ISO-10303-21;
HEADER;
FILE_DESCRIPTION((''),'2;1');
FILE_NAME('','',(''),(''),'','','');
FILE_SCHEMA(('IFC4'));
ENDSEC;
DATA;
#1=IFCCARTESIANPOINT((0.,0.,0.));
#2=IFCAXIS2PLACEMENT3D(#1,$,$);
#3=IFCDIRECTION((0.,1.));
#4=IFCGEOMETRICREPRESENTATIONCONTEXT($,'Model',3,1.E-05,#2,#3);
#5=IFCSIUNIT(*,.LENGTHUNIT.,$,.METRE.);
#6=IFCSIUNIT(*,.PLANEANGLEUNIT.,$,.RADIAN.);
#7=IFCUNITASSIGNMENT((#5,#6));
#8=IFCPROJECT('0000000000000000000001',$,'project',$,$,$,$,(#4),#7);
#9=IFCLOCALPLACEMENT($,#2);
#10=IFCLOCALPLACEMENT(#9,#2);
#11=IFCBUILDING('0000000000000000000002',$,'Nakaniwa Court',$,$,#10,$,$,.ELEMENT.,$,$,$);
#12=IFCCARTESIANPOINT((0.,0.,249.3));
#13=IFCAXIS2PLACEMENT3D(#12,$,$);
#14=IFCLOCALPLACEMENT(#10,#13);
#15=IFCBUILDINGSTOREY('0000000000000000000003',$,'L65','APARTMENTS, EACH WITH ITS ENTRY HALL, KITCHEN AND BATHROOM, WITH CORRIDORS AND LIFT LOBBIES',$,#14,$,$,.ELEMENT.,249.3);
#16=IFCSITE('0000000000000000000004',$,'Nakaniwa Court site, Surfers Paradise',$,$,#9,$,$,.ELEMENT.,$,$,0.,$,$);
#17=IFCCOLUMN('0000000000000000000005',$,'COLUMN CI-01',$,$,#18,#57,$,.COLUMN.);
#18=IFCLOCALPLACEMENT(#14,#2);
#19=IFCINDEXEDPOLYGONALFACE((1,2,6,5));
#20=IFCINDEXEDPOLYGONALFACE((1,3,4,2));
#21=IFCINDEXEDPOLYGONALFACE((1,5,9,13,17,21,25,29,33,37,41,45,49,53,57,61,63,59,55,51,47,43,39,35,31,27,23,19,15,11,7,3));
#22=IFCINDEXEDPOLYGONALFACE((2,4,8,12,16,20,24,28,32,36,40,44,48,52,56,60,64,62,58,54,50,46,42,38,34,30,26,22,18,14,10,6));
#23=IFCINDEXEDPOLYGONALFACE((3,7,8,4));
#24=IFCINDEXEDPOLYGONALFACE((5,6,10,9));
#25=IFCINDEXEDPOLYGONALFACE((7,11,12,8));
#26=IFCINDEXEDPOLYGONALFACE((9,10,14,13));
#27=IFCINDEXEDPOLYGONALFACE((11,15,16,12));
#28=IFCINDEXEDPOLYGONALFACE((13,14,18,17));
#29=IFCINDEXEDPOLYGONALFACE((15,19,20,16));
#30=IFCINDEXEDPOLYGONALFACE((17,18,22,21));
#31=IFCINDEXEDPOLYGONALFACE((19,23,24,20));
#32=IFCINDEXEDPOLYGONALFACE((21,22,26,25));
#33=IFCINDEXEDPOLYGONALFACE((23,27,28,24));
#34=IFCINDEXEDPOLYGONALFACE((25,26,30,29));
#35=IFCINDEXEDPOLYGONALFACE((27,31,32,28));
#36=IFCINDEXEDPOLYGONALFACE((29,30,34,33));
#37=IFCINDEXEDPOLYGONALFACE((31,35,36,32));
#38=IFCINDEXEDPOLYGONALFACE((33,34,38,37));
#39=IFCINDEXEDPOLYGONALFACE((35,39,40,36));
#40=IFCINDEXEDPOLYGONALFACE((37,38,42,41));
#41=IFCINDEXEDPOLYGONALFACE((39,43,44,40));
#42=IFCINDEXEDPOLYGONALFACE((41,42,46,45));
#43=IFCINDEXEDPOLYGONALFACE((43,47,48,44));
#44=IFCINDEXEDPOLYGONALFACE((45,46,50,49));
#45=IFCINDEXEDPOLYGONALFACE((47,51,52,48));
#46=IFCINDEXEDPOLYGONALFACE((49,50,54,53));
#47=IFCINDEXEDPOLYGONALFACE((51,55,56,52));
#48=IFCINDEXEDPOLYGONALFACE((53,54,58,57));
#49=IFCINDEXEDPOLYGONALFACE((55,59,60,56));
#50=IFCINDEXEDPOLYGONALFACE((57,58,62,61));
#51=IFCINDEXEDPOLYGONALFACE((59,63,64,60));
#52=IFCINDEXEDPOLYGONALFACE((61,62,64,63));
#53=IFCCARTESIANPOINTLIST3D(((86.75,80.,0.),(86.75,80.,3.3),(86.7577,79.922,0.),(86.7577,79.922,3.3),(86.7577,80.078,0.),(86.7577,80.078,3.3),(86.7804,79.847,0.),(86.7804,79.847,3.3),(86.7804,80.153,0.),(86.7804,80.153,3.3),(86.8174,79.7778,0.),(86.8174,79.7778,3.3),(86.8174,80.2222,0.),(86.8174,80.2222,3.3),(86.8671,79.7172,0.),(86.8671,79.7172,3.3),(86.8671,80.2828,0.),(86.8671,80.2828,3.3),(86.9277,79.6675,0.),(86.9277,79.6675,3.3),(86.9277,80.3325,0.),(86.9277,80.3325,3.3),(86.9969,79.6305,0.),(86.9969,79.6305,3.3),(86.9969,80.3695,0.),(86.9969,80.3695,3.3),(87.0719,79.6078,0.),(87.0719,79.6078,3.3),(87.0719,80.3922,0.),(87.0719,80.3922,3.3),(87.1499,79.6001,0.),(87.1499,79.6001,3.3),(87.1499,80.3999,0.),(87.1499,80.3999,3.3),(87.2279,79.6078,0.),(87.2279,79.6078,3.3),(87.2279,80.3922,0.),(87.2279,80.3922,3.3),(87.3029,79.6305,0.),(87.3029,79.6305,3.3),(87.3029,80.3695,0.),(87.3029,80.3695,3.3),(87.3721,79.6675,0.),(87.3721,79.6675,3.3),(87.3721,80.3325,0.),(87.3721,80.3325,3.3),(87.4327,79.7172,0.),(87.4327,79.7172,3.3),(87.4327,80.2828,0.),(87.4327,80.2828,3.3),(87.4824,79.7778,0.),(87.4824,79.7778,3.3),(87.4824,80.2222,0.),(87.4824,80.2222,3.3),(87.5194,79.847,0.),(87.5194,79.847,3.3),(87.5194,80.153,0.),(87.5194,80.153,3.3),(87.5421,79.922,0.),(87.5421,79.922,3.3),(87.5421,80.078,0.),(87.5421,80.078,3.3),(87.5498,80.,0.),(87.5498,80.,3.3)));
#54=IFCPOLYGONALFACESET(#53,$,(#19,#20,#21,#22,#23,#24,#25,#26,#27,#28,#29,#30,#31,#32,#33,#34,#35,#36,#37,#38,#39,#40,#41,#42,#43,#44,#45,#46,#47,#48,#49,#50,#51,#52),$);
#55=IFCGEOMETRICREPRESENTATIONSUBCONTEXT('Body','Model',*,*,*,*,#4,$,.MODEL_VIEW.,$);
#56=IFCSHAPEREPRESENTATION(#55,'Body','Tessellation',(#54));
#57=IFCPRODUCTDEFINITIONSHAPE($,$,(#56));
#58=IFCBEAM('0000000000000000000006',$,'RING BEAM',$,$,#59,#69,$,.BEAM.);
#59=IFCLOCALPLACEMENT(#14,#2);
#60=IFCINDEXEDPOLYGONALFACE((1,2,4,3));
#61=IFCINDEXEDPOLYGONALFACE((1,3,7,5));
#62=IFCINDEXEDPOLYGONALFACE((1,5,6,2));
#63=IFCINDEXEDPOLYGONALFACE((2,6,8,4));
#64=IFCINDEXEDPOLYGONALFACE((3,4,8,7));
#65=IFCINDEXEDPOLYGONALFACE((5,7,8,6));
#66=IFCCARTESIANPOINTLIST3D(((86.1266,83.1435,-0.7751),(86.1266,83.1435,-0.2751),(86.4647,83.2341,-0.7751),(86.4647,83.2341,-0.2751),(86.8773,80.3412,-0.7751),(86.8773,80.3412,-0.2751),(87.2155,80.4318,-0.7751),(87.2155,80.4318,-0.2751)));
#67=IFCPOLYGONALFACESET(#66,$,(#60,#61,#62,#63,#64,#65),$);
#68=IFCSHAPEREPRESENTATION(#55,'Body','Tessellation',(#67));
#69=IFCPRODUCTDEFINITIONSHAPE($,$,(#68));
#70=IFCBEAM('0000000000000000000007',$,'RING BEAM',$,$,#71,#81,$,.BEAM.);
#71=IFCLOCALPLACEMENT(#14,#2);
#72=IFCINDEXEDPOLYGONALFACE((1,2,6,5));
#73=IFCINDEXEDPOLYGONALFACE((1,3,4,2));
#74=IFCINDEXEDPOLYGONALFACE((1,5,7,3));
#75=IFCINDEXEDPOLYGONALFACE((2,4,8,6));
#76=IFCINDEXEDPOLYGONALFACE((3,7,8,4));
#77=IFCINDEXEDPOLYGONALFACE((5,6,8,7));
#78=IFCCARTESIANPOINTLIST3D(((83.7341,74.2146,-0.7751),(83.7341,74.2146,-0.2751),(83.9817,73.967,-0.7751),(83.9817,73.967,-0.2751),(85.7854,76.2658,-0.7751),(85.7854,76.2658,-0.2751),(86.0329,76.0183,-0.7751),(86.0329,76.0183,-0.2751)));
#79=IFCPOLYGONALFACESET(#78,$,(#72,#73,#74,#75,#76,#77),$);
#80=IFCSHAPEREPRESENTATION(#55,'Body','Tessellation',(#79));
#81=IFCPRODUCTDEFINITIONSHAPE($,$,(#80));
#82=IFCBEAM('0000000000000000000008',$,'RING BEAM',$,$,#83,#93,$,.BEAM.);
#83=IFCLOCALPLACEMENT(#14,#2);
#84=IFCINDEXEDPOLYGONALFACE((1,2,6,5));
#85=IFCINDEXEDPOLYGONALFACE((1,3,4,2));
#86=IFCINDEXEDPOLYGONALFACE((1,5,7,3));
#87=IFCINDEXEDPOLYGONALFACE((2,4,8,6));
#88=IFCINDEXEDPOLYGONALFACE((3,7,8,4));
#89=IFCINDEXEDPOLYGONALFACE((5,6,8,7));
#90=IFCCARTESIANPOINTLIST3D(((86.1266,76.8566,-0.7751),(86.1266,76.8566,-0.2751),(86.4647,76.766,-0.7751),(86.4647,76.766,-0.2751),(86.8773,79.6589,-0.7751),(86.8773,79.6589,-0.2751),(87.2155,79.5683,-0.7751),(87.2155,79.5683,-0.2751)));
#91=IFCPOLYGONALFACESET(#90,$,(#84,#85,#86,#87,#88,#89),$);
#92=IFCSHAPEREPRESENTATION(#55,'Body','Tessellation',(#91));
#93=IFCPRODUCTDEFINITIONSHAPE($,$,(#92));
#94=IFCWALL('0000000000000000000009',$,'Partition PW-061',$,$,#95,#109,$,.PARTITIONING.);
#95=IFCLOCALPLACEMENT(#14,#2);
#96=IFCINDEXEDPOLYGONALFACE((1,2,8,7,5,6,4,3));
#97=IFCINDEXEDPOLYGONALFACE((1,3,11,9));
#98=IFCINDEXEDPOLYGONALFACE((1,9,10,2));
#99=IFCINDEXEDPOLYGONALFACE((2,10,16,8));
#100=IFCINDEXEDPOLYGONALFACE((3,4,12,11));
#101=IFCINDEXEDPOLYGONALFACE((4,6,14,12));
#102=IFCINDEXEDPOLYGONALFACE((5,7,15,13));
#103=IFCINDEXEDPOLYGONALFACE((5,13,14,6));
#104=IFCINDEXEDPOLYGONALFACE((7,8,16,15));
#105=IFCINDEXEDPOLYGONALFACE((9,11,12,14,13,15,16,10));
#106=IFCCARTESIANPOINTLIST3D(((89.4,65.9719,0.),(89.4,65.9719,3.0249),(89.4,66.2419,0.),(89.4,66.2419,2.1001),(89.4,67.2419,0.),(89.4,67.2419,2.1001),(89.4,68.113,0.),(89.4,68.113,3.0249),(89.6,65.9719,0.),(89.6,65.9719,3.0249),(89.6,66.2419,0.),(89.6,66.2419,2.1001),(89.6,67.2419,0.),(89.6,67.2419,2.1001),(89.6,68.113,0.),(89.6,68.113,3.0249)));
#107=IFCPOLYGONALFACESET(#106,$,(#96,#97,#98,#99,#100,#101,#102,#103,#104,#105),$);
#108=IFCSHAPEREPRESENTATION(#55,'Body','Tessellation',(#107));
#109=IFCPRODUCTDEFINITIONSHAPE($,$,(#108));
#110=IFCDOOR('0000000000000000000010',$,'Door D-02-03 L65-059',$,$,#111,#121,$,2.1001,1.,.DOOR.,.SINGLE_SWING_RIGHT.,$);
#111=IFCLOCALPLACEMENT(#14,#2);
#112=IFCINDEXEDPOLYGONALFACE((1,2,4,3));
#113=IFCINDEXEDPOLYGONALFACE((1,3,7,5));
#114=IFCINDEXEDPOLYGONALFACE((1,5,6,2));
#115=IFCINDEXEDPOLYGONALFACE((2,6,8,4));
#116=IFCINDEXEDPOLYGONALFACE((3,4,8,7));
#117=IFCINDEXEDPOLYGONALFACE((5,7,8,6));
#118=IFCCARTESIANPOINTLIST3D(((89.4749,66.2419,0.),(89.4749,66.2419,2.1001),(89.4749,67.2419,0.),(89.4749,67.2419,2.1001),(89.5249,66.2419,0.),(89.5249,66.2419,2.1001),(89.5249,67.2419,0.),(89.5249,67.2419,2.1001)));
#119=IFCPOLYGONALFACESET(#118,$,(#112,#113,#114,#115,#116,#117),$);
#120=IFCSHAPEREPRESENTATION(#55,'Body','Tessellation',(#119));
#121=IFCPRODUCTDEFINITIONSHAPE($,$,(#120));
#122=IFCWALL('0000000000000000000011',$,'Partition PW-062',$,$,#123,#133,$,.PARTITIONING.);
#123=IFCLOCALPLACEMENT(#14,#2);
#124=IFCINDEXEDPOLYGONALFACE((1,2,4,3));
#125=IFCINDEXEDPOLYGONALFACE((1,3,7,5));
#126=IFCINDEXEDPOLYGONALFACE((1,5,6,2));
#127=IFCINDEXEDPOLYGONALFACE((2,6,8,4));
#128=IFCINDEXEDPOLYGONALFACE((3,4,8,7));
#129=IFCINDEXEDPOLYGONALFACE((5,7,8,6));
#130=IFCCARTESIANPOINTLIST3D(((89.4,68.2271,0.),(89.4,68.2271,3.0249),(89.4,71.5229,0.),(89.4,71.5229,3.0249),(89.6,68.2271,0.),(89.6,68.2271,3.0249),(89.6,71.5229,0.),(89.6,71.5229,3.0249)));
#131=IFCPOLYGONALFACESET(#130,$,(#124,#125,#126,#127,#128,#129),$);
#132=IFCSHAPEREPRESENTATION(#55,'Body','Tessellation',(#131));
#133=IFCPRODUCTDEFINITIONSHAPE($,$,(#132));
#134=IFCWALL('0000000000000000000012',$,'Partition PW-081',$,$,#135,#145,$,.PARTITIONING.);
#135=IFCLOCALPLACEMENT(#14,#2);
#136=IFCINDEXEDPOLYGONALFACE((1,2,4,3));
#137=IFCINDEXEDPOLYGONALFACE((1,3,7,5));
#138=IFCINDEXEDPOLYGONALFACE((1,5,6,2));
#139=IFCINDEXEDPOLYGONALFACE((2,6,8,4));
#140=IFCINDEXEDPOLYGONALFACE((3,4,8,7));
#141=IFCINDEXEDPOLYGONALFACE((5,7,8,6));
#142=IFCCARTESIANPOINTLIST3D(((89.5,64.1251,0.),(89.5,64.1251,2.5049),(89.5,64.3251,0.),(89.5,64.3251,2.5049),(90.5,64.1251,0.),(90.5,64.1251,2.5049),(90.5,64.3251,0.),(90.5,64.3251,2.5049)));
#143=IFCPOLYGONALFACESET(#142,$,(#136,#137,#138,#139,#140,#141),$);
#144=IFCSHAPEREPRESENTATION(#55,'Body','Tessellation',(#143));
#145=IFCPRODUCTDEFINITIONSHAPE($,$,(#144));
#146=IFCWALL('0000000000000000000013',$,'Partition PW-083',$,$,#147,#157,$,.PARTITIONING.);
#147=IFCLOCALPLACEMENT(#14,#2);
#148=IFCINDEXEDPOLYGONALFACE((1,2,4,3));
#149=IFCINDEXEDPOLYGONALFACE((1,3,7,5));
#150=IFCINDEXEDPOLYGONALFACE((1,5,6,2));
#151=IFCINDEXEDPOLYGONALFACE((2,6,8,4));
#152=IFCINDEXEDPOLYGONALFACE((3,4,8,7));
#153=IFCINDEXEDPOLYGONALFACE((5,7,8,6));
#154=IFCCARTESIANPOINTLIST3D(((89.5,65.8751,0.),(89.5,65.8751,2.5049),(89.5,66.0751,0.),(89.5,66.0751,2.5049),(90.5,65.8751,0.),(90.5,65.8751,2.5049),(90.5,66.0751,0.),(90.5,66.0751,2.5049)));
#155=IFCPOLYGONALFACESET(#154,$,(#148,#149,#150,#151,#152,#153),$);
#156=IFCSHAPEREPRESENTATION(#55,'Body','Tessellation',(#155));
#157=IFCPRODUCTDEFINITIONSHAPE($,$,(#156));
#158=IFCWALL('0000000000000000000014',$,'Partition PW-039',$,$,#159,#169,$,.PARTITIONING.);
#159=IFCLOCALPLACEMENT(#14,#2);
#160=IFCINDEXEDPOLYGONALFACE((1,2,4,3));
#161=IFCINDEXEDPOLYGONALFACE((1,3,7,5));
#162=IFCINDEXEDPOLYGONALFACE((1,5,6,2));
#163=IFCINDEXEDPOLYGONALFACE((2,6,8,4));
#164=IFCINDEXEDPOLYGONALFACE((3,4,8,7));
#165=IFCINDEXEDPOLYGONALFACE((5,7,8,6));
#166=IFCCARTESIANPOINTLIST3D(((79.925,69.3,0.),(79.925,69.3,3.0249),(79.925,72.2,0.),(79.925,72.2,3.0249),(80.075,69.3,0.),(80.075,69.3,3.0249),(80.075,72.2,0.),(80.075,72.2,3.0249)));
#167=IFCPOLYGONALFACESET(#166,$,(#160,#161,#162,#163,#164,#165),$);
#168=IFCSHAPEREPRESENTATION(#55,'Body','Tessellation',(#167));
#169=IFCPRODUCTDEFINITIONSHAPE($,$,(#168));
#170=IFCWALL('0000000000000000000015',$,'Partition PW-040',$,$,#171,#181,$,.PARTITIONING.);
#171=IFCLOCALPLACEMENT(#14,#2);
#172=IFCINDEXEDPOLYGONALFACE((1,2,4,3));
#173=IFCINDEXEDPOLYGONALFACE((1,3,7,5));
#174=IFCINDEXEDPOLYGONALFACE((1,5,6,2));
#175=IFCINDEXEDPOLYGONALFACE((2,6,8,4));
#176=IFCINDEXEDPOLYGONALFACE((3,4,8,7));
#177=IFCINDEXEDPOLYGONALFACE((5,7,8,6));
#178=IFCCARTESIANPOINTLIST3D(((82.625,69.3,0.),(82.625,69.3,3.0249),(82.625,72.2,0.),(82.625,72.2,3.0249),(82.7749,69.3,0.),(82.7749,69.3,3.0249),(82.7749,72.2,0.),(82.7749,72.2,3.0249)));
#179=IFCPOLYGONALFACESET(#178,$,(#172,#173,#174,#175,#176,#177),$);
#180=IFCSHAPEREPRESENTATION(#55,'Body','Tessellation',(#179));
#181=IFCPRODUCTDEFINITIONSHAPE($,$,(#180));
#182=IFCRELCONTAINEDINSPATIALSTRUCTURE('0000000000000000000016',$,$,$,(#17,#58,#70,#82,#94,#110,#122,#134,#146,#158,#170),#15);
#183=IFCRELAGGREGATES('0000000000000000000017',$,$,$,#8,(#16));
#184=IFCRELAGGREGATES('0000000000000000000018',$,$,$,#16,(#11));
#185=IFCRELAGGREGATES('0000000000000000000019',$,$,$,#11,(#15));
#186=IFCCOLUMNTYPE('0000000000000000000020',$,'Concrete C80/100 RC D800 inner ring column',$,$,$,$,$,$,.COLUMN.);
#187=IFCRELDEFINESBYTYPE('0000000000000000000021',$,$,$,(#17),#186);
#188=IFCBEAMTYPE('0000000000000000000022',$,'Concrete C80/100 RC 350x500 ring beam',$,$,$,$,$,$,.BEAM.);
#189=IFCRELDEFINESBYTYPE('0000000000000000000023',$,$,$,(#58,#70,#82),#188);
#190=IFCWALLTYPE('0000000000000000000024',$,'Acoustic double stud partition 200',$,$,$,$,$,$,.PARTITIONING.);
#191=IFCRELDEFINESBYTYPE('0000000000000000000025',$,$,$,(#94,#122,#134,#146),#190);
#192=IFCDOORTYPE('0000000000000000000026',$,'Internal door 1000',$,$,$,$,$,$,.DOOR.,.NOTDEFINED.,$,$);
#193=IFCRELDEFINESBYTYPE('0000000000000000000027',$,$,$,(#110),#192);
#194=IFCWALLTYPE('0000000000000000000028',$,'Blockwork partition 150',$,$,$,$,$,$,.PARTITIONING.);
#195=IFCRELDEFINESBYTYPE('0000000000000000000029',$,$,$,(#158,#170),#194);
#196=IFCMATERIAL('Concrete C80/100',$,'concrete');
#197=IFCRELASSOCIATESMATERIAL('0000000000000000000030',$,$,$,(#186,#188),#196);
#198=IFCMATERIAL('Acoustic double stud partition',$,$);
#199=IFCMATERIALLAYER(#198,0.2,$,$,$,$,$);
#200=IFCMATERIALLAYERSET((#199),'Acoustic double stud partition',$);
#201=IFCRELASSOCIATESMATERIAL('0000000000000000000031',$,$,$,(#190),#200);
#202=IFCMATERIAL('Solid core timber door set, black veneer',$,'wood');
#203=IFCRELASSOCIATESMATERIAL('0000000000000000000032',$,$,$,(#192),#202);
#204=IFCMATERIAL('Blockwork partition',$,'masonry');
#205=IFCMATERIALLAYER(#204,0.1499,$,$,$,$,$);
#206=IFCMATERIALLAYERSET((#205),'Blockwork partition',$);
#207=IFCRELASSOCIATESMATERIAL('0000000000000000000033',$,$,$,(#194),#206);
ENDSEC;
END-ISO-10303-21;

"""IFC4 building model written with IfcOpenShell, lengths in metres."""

from ifc_helpers import new_model, si_unit, direction, frame, frame_2d, origin, origin_2d, place, context, subcontext, project, spatial, rectangle, circle, extrude, material, layer, layer_set, material_profile, profile_set, type_object, element, fill, save


model = new_model("IFC4")

# Units and contexts
model_context = context("Model", 3, precision=1e-05, world=origin(), true_north=direction((0.0, 1.0)))
body_context = subcontext(model_context, "Body", "Model", "MODEL_VIEW")
ifc_project = project(units=[si_unit("LENGTHUNIT", "METRE"), si_unit("PLANEANGLEUNIT", "RADIAN")], contexts=[model_context])

# Site, building, storey
site_placement = place(None, origin())
site = spatial("IfcSite", under=ifc_project, at=site_placement, Name="Nakaniwa Court site, Surfers Paradise", CompositionType="ELEMENT", RefElevation=0.0)
building_placement = place(site_placement, origin())
building = spatial("IfcBuilding", under=site, at=building_placement, Name="Nakaniwa Court", CompositionType="ELEMENT")
storey_placement = place(building_placement, frame((0.0, 0.0, 249.3)))
storey = spatial("IfcBuildingStorey", under=building, at=storey_placement, Name="L65", Description="APARTMENTS, EACH WITH ITS ENTRY HALL, KITCHEN AND BATHROOM, WITH CORRIDORS AND LIFT LOBBIES", CompositionType="ELEMENT", Elevation=249.3)

# Column
ifc_material_1 = material(Name="Concrete C80/100", Category="concrete")
ifc_material_profile_1 = material_profile(ifc_material_1, circle(Radius=0.3999, at=origin_2d()), Name="Concrete C80/100 RC D800 inner ring column")
ifc_profile_set_1 = profile_set([ifc_material_profile_1], Name="Concrete C80/100")
column_type = type_object("IfcColumnType", Name="Concrete C80/100 RC D800 inner ring column", PredefinedType="COLUMN", material=ifc_profile_set_1)
for number, where, z_axis, x_axis, name in (
    (1, (87.1499, 80.0, 0.0), (0.0, 0.0, 1.0), (0.0, 1.0, 0.0), "COLUMN CI-01"),
):
    element("IfcColumn", number, at=place(storey_placement, frame(where, z_axis=z_axis, x_axis=x_axis)), inside=storey, type_object=column_type, Name=name, PredefinedType="COLUMN", context=body_context, shape_type="SweptSolid", body=[
        extrude(circle(Radius=0.3999, at=origin_2d()), origin(), (0.0, 0.0, 1.0), 3.3),
    ])

# Beams
ifc_material_profile_2 = material_profile(ifc_material_1, rectangle(XDim=0.3501, YDim=0.5, at=origin_2d()), Name="Concrete C80/100 RC 350x500 ring beam")
ifc_profile_set_2 = profile_set([ifc_material_profile_2], Name="Concrete C80/100")
beam_type = type_object("IfcBeamType", Name="Concrete C80/100 RC 350x500 ring beam", PredefinedType="BEAM", material=ifc_profile_set_2)
beam_1_placement = place(storey_placement, frame((87.0464, 80.3865, -0.5251), z_axis=(-0.258778, 0.965937, 0.0), x_axis=(-0.965937, -0.258778, 0.0)))
element("IfcBeam", 2, at=beam_1_placement, inside=storey, type_object=beam_type, Name="RING BEAM", PredefinedType="BEAM", context=body_context, shape_type="SweptSolid", body=[
    extrude(rectangle(XDim=0.3501, YDim=0.5, at=origin_2d()), origin(), (0.0, 0.0, 1.0), 2.9011),
])
beam_2_placement = place(storey_placement, frame((83.8579, 74.0908, -0.5251), z_axis=(0.707107, 0.707107, 0.0), x_axis=(-0.707107, 0.707107, 0.0)))
element("IfcBeam", 3, at=beam_2_placement, inside=storey, type_object=beam_type, Name="RING BEAM", PredefinedType="BEAM", context=body_context, shape_type="SweptSolid", body=[
    extrude(rectangle(XDim=0.3501, YDim=0.5, at=origin_2d()), origin(), (0.0, 0.0, 1.0), 2.9009),
])
beam_3_placement = place(storey_placement, frame((86.2957, 76.8113, -0.5251), z_axis=(0.258778, 0.965937, 0.0), x_axis=(-0.965937, 0.258778, 0.0)))
element("IfcBeam", 4, at=beam_3_placement, inside=storey, type_object=beam_type, Name="RING BEAM", PredefinedType="BEAM", context=body_context, shape_type="SweptSolid", body=[
    extrude(rectangle(XDim=0.3501, YDim=0.5, at=origin_2d()), origin(), (0.0, 0.0, 1.0), 2.9011),
])

# Wall, opening, door
ifc_material_2 = material(Name="Acoustic double stud partition")
ifc_layer_1 = layer(ifc_material_2, 0.2)
ifc_layer_set_1 = layer_set([ifc_layer_1], Name="Acoustic double stud partition")
wall_type_1 = type_object("IfcWallType", Name="Acoustic double stud partition 200", PredefinedType="PARTITIONING", material=ifc_layer_set_1)
wall_1_placement = place(storey_placement, frame((89.5, 68.113, 0.0), z_axis=(0.0, 0.0, 1.0), x_axis=(0.0, -1.0, 0.0)))
wall_1 = element("IfcWall", 5, at=wall_1_placement, inside=storey, type_object=wall_type_1, Name="Partition PW-061", PredefinedType="PARTITIONING", context=body_context, shape_type="SweptSolid", body=[
    extrude(rectangle(XDim=2.1411, YDim=0.2, at=frame_2d((1.0706, 0.0))), origin(), (0.0, 0.0, 1.0), 3.0249),
])
opening_1_placement = place(wall_1_placement, frame((0.8711, 0.0, 0.0)))
opening_1 = element("IfcOpeningElement", 6, at=opening_1_placement, cuts=wall_1, PredefinedType="OPENING", context=body_context, shape_type="SweptSolid", body=[
    extrude(rectangle(XDim=1.0, YDim=2.1001, at=frame_2d((0.5, 1.05))), frame((0.0, 0.1099, 0.0), z_axis=(0.0, -1.0, 0.0), x_axis=(1.0, 0.0, 0.0)), (0.0, 0.0, 1.0), 0.22),
])
ifc_material_3 = material(Name="Solid core timber door set, black veneer", Category="wood")
door_type_1 = type_object("IfcDoorType", Name="Internal door 1000", OperationType="NOTDEFINED", PredefinedType="DOOR", material=ifc_material_3)
door_1_placement = place(opening_1_placement, origin())
door_1 = element("IfcDoor", 7, at=door_1_placement, inside=storey, type_object=door_type_1, Name="Door D-02-03 L65-059", OperationType="SINGLE_SWING_RIGHT", OverallHeight=2.1001, OverallWidth=1.0, PredefinedType="DOOR", context=body_context, shape_type="SweptSolid", body=[
    extrude(rectangle(XDim=1.0, YDim=2.1001, at=frame_2d((0.5, 1.05))), frame((0.0, 0.0249, 0.0), z_axis=(0.0, -1.0, 0.0), x_axis=(1.0, 0.0, 0.0)), (0.0, 0.0, 1.0), 0.05),
])
fill(opening_1, door_1)

# Walls
wall_2_placement = place(storey_placement, frame((89.5, 68.2271, 0.0), z_axis=(0.0, 0.0, 1.0), x_axis=(0.0, 1.0, 0.0)))
element("IfcWall", 8, at=wall_2_placement, inside=storey, type_object=wall_type_1, Name="Partition PW-062", PredefinedType="PARTITIONING", context=body_context, shape_type="SweptSolid", body=[
    extrude(rectangle(XDim=3.2959, YDim=0.2, at=frame_2d((1.6479, 0.0))), origin(), (0.0, 0.0, 1.0), 3.0249),
])
for number, where, z_axis, x_axis, name in (
    (9, (89.5, 64.2251, 0.0), (0.0, 0.0, 1.0), (1.0, 0.0, 0.0), "Partition PW-081"),
    (10, (89.5, 65.9751, 0.0), (0.0, 0.0, 1.0), (1.0, 0.0, 0.0), "Partition PW-083"),
):
    element("IfcWall", number, at=place(storey_placement, frame(where, z_axis=z_axis, x_axis=x_axis)), inside=storey, type_object=wall_type_1, Name=name, PredefinedType="PARTITIONING", context=body_context, shape_type="SweptSolid", body=[
        extrude(rectangle(XDim=1.0, YDim=0.2, at=frame_2d((0.5, 0.0))), origin(), (0.0, 0.0, 1.0), 2.5049),
    ])
ifc_material_4 = material(Name="Blockwork partition", Category="masonry")
ifc_layer_2 = layer(ifc_material_4, 0.1499)
ifc_layer_set_2 = layer_set([ifc_layer_2], Name="Blockwork partition")
wall_type_2 = type_object("IfcWallType", Name="Blockwork partition 150", PredefinedType="PARTITIONING", material=ifc_layer_set_2)
for number, where, z_axis, x_axis, name in (
    (11, (80.0, 69.3, 0.0), (0.0, 0.0, 1.0), (0.0, 1.0, 0.0), "Partition PW-039"),
    (12, (82.7, 69.3, 0.0), (0.0, 0.0, 1.0), (0.0, 1.0, 0.0), "Partition PW-040"),
):
    element("IfcWall", number, at=place(storey_placement, frame(where, z_axis=z_axis, x_axis=x_axis)), inside=storey, type_object=wall_type_2, Name=name, PredefinedType="PARTITIONING", context=body_context, shape_type="SweptSolid", body=[
        extrude(rectangle(XDim=2.8999, YDim=0.1499, at=frame_2d((1.45, 0.0))), origin(), (0.0, 0.0, 1.0), 3.0249),
    ])

save(model, "model.ifc")
